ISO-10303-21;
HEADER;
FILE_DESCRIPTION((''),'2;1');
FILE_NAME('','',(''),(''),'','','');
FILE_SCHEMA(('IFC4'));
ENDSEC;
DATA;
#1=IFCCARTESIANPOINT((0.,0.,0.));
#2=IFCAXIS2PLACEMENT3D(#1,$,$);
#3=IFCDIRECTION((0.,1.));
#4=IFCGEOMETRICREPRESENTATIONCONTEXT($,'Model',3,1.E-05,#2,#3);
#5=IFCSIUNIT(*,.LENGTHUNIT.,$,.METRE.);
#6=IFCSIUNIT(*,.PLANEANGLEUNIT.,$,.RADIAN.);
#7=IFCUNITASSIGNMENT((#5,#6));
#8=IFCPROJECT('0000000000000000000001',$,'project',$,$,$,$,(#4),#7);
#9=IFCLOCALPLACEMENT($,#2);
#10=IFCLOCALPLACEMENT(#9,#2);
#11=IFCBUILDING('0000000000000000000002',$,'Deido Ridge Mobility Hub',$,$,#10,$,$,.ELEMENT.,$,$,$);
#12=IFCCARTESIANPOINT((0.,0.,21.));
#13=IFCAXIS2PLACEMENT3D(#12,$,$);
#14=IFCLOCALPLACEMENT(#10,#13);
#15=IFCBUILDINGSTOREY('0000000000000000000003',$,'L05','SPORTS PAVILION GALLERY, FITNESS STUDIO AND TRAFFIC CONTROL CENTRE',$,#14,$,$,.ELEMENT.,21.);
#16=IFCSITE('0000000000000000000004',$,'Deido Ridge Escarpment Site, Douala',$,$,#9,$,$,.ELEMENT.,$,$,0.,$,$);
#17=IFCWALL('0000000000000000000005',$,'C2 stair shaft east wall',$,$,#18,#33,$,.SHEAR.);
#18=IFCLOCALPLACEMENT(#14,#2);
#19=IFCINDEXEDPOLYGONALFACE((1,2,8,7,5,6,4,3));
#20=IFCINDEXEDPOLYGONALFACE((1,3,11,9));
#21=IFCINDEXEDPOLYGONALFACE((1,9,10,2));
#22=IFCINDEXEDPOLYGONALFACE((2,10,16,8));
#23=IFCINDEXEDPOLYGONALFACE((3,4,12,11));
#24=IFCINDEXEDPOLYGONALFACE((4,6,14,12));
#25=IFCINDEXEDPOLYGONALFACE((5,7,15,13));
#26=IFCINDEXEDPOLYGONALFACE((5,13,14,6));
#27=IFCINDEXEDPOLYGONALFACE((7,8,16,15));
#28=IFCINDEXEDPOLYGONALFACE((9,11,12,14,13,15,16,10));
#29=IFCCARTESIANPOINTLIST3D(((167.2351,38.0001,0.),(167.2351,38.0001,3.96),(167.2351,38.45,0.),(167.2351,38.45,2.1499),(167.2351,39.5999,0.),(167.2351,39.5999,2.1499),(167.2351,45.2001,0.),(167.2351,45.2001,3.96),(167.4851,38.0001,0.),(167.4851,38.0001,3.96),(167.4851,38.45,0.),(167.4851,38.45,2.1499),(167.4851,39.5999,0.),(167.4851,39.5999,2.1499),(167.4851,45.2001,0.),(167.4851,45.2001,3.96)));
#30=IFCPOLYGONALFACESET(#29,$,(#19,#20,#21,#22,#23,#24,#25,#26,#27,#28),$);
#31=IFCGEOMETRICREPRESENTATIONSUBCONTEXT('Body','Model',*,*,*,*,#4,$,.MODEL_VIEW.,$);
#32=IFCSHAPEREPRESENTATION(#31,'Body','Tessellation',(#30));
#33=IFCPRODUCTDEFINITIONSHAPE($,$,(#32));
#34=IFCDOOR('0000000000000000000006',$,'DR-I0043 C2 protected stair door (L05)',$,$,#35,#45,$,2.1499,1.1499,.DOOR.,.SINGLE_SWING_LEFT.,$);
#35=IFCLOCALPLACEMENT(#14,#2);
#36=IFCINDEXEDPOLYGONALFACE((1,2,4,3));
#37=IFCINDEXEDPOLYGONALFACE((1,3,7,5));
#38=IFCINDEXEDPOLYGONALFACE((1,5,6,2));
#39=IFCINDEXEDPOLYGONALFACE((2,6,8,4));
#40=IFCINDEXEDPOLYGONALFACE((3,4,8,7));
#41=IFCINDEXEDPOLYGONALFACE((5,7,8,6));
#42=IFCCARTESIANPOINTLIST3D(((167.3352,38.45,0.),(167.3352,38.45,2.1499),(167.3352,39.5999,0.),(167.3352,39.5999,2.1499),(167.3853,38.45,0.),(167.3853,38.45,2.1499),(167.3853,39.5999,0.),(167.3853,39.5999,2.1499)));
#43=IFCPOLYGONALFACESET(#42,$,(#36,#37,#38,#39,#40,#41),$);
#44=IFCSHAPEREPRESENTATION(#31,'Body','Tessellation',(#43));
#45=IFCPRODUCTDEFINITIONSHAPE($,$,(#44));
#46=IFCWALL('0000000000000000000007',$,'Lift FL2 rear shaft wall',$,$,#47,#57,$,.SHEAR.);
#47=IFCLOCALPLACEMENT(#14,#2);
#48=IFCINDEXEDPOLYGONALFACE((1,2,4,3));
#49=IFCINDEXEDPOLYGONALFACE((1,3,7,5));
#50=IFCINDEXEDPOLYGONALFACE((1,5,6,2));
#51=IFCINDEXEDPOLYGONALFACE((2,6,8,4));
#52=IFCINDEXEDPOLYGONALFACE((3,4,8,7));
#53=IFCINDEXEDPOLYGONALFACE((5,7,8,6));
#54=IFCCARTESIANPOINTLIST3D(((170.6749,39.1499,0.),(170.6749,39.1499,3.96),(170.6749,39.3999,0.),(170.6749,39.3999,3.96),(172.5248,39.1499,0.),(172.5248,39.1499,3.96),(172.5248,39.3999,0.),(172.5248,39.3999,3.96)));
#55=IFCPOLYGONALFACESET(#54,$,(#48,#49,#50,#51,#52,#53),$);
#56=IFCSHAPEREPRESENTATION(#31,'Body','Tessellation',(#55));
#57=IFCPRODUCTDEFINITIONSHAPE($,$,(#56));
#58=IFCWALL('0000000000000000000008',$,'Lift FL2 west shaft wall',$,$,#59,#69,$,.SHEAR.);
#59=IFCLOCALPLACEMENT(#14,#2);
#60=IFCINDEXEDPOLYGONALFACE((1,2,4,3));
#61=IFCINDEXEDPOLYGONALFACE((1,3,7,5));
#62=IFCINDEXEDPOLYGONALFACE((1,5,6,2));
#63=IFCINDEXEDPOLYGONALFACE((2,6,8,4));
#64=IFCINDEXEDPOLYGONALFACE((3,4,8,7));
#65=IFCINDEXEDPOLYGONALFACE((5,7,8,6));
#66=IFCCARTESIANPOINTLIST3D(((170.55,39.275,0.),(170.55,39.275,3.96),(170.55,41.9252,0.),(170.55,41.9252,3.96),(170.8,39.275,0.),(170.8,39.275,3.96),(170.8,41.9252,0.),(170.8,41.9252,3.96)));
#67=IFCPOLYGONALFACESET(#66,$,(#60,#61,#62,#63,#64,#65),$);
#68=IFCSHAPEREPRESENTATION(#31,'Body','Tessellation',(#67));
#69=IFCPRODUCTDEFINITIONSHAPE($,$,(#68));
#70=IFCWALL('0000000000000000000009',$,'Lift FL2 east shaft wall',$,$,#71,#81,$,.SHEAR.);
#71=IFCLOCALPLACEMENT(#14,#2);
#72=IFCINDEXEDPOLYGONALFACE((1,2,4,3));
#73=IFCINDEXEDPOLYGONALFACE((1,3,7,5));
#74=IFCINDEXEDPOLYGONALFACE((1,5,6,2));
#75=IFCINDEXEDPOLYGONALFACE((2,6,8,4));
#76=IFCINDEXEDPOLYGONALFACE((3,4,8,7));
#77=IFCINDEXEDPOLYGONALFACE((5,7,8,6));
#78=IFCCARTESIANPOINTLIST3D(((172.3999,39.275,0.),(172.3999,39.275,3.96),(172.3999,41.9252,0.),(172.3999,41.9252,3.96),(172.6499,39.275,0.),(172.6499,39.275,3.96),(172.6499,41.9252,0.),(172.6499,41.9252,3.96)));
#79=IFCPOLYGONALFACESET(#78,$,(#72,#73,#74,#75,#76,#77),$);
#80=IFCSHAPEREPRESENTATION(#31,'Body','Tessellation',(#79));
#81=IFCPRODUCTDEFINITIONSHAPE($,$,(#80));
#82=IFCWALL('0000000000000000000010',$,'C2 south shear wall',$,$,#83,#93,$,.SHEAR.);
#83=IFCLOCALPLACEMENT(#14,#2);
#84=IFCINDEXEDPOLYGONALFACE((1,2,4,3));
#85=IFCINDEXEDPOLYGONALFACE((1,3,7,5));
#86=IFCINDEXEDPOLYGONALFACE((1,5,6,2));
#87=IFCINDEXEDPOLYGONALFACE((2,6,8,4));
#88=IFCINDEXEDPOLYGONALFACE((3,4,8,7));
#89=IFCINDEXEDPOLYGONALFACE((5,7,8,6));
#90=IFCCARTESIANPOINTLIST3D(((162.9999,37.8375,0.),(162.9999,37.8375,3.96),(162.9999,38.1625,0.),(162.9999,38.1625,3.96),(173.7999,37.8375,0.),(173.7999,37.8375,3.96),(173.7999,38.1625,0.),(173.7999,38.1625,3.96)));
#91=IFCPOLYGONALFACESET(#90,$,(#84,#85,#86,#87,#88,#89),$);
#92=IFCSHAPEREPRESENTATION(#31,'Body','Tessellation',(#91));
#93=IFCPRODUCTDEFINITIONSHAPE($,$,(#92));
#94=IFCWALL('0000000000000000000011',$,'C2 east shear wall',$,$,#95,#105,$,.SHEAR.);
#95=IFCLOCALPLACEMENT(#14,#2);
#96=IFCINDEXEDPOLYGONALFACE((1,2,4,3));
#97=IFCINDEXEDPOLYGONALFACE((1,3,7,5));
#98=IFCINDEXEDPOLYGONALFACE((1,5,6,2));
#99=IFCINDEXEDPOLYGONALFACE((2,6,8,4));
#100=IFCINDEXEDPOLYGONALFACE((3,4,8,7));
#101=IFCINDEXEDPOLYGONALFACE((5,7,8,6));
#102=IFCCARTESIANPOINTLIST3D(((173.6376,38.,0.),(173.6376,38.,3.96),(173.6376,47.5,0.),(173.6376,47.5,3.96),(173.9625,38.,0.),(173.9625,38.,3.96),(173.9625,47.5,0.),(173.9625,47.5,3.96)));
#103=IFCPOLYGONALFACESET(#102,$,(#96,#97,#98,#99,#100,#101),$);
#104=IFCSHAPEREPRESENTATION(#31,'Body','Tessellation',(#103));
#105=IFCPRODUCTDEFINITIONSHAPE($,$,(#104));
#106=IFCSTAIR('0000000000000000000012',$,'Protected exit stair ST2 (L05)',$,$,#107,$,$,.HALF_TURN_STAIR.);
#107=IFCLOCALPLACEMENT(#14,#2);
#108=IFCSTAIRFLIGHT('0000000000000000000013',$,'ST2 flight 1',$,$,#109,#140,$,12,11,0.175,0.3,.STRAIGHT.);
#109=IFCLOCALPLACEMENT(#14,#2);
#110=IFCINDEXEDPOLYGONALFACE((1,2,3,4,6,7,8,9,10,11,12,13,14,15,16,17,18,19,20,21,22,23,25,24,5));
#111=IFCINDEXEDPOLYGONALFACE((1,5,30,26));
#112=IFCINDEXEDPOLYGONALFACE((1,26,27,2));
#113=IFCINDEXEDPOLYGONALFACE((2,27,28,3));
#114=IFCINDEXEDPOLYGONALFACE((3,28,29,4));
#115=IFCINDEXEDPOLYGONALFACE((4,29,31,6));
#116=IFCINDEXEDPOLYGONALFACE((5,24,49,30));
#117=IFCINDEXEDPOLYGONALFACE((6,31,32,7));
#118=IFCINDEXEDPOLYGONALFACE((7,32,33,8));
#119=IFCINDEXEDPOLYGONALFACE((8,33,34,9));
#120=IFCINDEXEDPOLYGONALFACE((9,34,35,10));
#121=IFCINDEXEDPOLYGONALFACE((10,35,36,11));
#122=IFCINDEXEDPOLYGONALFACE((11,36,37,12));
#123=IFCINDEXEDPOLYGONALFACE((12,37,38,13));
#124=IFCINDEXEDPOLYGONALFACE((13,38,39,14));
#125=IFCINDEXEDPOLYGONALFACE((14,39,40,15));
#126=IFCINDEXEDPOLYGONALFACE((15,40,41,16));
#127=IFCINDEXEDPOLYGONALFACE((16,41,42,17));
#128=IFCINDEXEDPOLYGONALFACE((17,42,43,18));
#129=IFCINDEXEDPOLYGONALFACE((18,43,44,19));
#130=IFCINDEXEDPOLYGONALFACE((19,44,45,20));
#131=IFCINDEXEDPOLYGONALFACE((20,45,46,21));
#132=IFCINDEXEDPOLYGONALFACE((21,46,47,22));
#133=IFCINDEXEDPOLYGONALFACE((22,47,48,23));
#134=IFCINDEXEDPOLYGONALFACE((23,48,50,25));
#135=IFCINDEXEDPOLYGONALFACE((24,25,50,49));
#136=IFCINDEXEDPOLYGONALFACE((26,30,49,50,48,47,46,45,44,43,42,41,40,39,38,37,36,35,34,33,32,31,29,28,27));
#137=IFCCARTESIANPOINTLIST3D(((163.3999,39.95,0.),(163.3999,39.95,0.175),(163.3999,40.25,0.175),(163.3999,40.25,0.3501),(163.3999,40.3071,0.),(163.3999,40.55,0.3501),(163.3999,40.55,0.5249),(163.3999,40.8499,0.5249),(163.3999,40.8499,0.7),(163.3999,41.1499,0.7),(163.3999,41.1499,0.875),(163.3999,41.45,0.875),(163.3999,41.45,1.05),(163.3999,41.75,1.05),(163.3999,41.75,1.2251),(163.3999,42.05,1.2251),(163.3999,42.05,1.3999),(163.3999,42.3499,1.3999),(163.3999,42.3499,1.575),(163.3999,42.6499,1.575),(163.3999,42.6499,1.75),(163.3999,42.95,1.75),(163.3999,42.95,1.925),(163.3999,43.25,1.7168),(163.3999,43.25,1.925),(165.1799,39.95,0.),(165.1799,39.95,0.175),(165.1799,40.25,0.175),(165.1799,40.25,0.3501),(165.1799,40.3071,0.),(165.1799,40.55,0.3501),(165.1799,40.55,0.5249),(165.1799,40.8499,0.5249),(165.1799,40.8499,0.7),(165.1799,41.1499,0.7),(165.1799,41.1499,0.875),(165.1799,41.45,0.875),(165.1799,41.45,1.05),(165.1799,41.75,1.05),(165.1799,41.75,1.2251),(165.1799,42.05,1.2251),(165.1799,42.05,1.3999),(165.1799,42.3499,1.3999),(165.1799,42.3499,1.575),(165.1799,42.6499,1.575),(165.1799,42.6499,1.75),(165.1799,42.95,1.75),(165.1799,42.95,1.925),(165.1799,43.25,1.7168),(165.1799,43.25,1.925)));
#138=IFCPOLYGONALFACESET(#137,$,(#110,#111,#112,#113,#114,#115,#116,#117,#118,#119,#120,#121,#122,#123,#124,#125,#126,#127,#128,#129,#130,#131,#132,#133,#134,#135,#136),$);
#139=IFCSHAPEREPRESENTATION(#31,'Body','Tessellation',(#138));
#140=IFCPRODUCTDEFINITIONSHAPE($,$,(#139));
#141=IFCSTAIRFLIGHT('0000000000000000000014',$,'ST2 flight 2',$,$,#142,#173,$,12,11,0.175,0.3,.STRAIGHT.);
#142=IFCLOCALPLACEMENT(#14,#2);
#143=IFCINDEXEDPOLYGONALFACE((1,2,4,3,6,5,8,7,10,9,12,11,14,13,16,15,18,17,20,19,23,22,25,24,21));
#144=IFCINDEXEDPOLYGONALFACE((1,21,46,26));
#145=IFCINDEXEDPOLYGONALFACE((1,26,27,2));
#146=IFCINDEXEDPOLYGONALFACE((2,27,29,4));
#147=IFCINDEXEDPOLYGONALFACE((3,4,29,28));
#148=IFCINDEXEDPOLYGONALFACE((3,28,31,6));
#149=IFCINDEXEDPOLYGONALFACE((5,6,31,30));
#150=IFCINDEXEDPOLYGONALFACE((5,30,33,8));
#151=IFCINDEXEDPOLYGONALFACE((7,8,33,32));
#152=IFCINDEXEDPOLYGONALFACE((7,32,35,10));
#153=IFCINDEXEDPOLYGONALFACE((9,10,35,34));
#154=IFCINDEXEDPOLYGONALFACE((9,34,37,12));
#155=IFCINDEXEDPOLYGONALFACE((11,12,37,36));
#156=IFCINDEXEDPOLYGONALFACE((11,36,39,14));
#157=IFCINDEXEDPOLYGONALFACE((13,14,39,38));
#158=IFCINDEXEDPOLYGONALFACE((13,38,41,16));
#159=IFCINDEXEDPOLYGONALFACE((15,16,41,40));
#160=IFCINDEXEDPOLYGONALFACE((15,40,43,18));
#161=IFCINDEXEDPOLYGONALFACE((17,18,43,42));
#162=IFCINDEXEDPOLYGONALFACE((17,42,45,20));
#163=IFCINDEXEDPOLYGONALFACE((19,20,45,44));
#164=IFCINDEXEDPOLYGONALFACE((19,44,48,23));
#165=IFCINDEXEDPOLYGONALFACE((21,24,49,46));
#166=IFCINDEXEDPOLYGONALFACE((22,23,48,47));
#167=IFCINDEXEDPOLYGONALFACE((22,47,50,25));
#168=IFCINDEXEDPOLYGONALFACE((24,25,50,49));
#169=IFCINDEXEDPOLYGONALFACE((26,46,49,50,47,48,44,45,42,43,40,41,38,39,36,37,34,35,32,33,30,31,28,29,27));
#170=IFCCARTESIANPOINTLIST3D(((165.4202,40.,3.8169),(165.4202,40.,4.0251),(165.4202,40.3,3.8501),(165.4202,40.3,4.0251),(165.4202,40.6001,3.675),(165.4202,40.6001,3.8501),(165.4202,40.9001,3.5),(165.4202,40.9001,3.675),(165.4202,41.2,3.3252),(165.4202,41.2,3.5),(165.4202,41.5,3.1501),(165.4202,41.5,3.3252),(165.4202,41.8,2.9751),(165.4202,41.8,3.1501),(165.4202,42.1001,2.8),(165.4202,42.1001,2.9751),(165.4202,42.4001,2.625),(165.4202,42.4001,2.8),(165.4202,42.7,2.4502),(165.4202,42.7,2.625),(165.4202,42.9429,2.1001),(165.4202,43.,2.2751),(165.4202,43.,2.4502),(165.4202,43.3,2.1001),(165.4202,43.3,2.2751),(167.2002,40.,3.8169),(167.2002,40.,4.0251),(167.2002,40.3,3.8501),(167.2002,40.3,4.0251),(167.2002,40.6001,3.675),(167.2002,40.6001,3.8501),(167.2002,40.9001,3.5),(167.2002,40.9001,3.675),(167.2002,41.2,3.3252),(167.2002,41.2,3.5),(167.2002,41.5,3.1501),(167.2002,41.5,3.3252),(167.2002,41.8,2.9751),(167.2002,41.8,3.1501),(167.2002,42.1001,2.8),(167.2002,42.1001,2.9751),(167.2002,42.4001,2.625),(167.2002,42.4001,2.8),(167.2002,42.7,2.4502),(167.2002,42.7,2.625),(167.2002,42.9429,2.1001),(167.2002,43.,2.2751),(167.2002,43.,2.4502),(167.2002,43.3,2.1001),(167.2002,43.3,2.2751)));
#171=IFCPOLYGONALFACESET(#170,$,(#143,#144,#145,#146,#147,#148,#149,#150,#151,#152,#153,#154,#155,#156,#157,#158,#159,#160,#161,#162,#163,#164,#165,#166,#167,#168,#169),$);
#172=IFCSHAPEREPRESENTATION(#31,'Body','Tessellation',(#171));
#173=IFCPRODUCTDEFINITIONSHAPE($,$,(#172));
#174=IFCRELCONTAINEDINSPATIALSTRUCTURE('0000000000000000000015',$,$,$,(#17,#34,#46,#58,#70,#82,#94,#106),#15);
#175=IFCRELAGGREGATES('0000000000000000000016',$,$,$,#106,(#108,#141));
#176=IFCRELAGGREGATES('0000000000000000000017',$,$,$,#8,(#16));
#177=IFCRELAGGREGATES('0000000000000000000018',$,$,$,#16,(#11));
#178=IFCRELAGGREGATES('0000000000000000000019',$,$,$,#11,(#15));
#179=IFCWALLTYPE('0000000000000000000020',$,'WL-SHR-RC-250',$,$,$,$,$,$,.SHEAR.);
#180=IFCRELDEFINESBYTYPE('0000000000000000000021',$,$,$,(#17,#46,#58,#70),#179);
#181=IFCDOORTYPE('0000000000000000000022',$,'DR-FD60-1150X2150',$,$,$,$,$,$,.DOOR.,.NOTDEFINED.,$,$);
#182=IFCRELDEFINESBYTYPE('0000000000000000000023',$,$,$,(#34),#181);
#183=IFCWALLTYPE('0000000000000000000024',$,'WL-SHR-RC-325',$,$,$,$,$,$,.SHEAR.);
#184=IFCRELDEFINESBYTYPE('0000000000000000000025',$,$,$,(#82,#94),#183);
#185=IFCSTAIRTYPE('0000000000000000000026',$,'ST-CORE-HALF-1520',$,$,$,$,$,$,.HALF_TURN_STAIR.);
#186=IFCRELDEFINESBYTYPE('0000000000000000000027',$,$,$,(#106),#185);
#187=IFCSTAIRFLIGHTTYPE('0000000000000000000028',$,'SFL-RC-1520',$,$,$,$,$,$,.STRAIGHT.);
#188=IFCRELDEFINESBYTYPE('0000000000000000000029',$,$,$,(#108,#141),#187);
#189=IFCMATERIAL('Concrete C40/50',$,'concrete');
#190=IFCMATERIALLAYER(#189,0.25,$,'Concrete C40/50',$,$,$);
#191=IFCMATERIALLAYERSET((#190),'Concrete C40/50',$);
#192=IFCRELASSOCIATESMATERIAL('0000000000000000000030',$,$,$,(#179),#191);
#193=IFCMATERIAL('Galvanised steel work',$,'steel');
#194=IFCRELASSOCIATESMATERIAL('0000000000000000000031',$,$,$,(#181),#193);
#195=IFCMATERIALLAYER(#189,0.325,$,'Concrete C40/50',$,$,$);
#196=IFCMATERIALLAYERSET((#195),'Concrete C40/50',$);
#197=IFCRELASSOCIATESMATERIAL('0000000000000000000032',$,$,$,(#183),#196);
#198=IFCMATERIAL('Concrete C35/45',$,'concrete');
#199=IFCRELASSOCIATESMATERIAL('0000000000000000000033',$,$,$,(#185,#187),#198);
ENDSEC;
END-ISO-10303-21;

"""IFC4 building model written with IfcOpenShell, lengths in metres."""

from ifc_helpers import new_model, si_unit, direction, frame, frame_2d, origin, place, context, subcontext, project, spatial, polyline, rectangle, outline, extrude, material, layer, layer_set, type_object, element, fill, aggregate, save


model = new_model("IFC4")

# Units and contexts
model_context = context("Model", 3, precision=1e-05, world=origin(), true_north=direction((0.0, 1.0)))
body_context = subcontext(model_context, "Body", "Model", "MODEL_VIEW")
ifc_project = project(units=[si_unit("LENGTHUNIT", "METRE"), si_unit("PLANEANGLEUNIT", "RADIAN")], contexts=[model_context])

# Site, building, storey
site_placement = place(None, origin())
site = spatial("IfcSite", under=ifc_project, at=site_placement, Name="Deido Ridge Escarpment Site, Douala", CompositionType="ELEMENT", RefElevation=0.0)
building_placement = place(site_placement, origin())
building = spatial("IfcBuilding", under=site, at=building_placement, Name="Deido Ridge Mobility Hub", CompositionType="ELEMENT")
storey_placement = place(building_placement, frame((0.0, 0.0, 21.0)))
storey = spatial("IfcBuildingStorey", under=building, at=storey_placement, Name="L05", Description="SPORTS PAVILION GALLERY, FITNESS STUDIO AND TRAFFIC CONTROL CENTRE", CompositionType="ELEMENT", Elevation=21.0)

# Wall, opening, door
ifc_material_1 = material(Name="Concrete C40/50", Category="concrete")
ifc_layer_1 = layer(ifc_material_1, 0.25, Name="Concrete C40/50")
ifc_layer_set_1 = layer_set([ifc_layer_1], Name="Concrete C40/50")
wall_type_1 = type_object("IfcWallType", Name="WL-SHR-RC-250", PredefinedType="SHEAR", material=ifc_layer_set_1)
wall_1_placement = place(storey_placement, frame((167.3601, 38.0, 0.0), z_axis=(0.0, 0.0, 1.0), x_axis=(0.0, 1.0, 0.0)))
wall_1 = element("IfcWall", 1, at=wall_1_placement, inside=storey, type_object=wall_type_1, Name="C2 stair shaft east wall", PredefinedType="SHEAR", context=body_context, shape_type="SweptSolid", body=[
    extrude(rectangle(XDim=7.2, YDim=0.25, at=frame_2d((3.6001, 0.0))), origin(), (0.0, 0.0, 1.0), 3.96),
])
opening_1_placement = place(wall_1_placement, frame((0.45, 0.0, 0.0)))
opening_1 = element("IfcOpeningElement", 2, at=opening_1_placement, cuts=wall_1, PredefinedType="OPENING", context=body_context, shape_type="SweptSolid", body=[
    extrude(rectangle(XDim=1.1499, YDim=2.1499, at=frame_2d((0.575, 1.075))), frame((0.0, 0.135, 0.0), z_axis=(0.0, -1.0, 0.0), x_axis=(1.0, 0.0, 0.0)), (0.0, 0.0, 1.0), 0.27),
])
ifc_material_2 = material(Name="Galvanised steel work", Category="steel")
door_type_1 = type_object("IfcDoorType", Name="DR-FD60-1150X2150", OperationType="NOTDEFINED", PredefinedType="DOOR", material=ifc_material_2)
door_1_placement = place(opening_1_placement, origin())
door_1 = element("IfcDoor", 3, at=door_1_placement, inside=storey, type_object=door_type_1, Name="DR-I0043 C2 protected stair door (L05)", OperationType="SINGLE_SWING_LEFT", OverallHeight=2.1499, OverallWidth=1.1499, PredefinedType="DOOR", context=body_context, shape_type="SweptSolid", body=[
    extrude(rectangle(XDim=1.1499, YDim=2.1499, at=frame_2d((0.575, 1.075))), frame((0.0, 0.0249, 0.0), z_axis=(0.0, -1.0, 0.0), x_axis=(1.0, 0.0, 0.0)), (0.0, 0.0, 1.0), 0.05),
])
fill(opening_1, door_1)

# Walls
wall_2_placement = place(storey_placement, frame((170.675, 39.2749, 0.0), z_axis=(0.0, 0.0, 1.0), x_axis=(1.0, 0.0, 0.0)))
element("IfcWall", 4, at=wall_2_placement, inside=storey, type_object=wall_type_1, Name="Lift FL2 rear shaft wall", PredefinedType="SHEAR", context=body_context, shape_type="SweptSolid", body=[
    extrude(rectangle(XDim=1.8499, YDim=0.25, at=frame_2d((0.9248, 0.0))), origin(), (0.0, 0.0, 1.0), 3.96),
])
for number, where, z_axis, x_axis, name in (
    (5, (170.675, 39.2749, 0.0), (0.0, 0.0, 1.0), (0.0, 1.0, 0.0), "Lift FL2 west shaft wall"),
    (6, (172.5249, 39.2749, 0.0), (0.0, 0.0, 1.0), (0.0, 1.0, 0.0), "Lift FL2 east shaft wall"),
):
    element("IfcWall", number, at=place(storey_placement, frame(where, z_axis=z_axis, x_axis=x_axis)), inside=storey, type_object=wall_type_1, Name=name, PredefinedType="SHEAR", context=body_context, shape_type="SweptSolid", body=[
        extrude(rectangle(XDim=2.6501, YDim=0.25, at=frame_2d((1.3252, 0.0))), origin(), (0.0, 0.0, 1.0), 3.96),
    ])

# Walls
ifc_layer_2 = layer(ifc_material_1, 0.325, Name="Concrete C40/50")
ifc_layer_set_2 = layer_set([ifc_layer_2], Name="Concrete C40/50")
wall_type_2 = type_object("IfcWallType", Name="WL-SHR-RC-325", PredefinedType="SHEAR", material=ifc_layer_set_2)
wall_3_placement = place(storey_placement, frame((163.0, 38.0, 0.0), z_axis=(0.0, 0.0, 1.0), x_axis=(1.0, 0.0, 0.0)))
element("IfcWall", 7, at=wall_3_placement, inside=storey, type_object=wall_type_2, Name="C2 south shear wall", PredefinedType="SHEAR", context=body_context, shape_type="SweptSolid", body=[
    extrude(rectangle(XDim=10.8, YDim=0.325, at=frame_2d((5.3999, 0.0))), origin(), (0.0, 0.0, 1.0), 3.96),
])
wall_4_placement = place(storey_placement, frame((173.8, 38.0, 0.0), z_axis=(0.0, 0.0, 1.0), x_axis=(0.0, 1.0, 0.0)))
element("IfcWall", 8, at=wall_4_placement, inside=storey, type_object=wall_type_2, Name="C2 east shear wall", PredefinedType="SHEAR", context=body_context, shape_type="SweptSolid", body=[
    extrude(rectangle(XDim=9.5, YDim=0.325, at=frame_2d((4.75, 0.0))), origin(), (0.0, 0.0, 1.0), 3.96),
])

# Stair, stair flights
ifc_material_3 = material(Name="Concrete C35/45", Category="concrete")
stair_type = type_object("IfcStairType", Name="ST-CORE-HALF-1520", PredefinedType="HALF_TURN_STAIR", material=ifc_material_3)
stair_placement = place(storey_placement, origin())
stair = element("IfcStair", 9, at=stair_placement, inside=storey, type_object=stair_type, Name="Protected exit stair ST2 (L05)", PredefinedType="HALF_TURN_STAIR")
stair_flight_type = type_object("IfcStairFlightType", Name="SFL-RC-1520", PredefinedType="STRAIGHT", material=ifc_material_3)
stair_flight_1_placement = place(storey_placement, frame((164.29, 39.95, 0.0), z_axis=(0.0, 0.0, 1.0), x_axis=(0.0, 1.0, 0.0)))
stair_flight_1 = element("IfcStairFlight", 10, at=stair_flight_1_placement, type_object=stair_flight_type, Name="ST2 flight 1", NumberOfRisers=12, NumberOfTreads=11, PredefinedType="STRAIGHT", RiserHeight=0.175, TreadLength=0.3, context=body_context, shape_type="SweptSolid", body=[
    extrude(outline(polyline([(0.0, 0.0), (0.0, 0.175), (0.3, 0.175), (0.3, 0.3501), (0.6001, 0.3501), (0.6001, 0.5249), (0.8999, 0.5249), (0.8999, 0.7), (1.2, 0.7), (1.2, 0.875), (1.5, 0.875), (1.5, 1.05), (1.8, 1.05), (1.8, 1.2251), (2.1001, 1.2251), (2.1001, 1.3999), (2.3999, 1.3999), (2.3999, 1.575), (2.7, 1.575), (2.7, 1.75), (3.0, 1.75), (3.0, 1.925), (3.3, 1.925), (3.3, 2.1001), (3.3, 1.7168), (0.3572, 0.0), (0.0, 0.0)])), frame((0.0, 0.8901, 0.0), z_axis=(0.0, -1.0, 0.0), x_axis=(1.0, 0.0, 0.0)), (0.0, 0.0, 1.0), 1.78),
])
stair_flight_2_placement = place(storey_placement, frame((166.3101, 43.3, 2.1001), z_axis=(0.0, 0.0, 1.0), x_axis=(0.0, -1.0, 0.0)))
stair_flight_2 = element("IfcStairFlight", 11, at=stair_flight_2_placement, type_object=stair_flight_type, Name="ST2 flight 2", NumberOfRisers=12, NumberOfTreads=11, PredefinedType="STRAIGHT", RiserHeight=0.175, TreadLength=0.3, context=body_context, shape_type="SweptSolid", body=[
    extrude(outline(polyline([(0.0, 0.0), (0.0, 0.175), (0.3, 0.175), (0.3, 0.3501), (0.6001, 0.3501), (0.6001, 0.5249), (0.8999, 0.5249), (0.8999, 0.7), (1.2, 0.7), (1.2, 0.875), (1.5, 0.875), (1.5, 1.05), (1.8, 1.05), (1.8, 1.2251), (2.1001, 1.2251), (2.1001, 1.3999), (2.3999, 1.3999), (2.3999, 1.575), (2.7, 1.575), (2.7, 1.75), (3.0, 1.75), (3.0, 1.925), (3.3, 1.925), (3.3, 2.1001), (3.3, 1.7168), (0.3572, 0.0), (0.0, 0.0)])), frame((0.0, 0.8901, 0.0), z_axis=(0.0, -1.0, 0.0), x_axis=(1.0, 0.0, 0.0)), (0.0, 0.0, 1.0), 1.78),
])
aggregate(stair, [stair_flight_1, stair_flight_2])

save(model, "model.ifc")
